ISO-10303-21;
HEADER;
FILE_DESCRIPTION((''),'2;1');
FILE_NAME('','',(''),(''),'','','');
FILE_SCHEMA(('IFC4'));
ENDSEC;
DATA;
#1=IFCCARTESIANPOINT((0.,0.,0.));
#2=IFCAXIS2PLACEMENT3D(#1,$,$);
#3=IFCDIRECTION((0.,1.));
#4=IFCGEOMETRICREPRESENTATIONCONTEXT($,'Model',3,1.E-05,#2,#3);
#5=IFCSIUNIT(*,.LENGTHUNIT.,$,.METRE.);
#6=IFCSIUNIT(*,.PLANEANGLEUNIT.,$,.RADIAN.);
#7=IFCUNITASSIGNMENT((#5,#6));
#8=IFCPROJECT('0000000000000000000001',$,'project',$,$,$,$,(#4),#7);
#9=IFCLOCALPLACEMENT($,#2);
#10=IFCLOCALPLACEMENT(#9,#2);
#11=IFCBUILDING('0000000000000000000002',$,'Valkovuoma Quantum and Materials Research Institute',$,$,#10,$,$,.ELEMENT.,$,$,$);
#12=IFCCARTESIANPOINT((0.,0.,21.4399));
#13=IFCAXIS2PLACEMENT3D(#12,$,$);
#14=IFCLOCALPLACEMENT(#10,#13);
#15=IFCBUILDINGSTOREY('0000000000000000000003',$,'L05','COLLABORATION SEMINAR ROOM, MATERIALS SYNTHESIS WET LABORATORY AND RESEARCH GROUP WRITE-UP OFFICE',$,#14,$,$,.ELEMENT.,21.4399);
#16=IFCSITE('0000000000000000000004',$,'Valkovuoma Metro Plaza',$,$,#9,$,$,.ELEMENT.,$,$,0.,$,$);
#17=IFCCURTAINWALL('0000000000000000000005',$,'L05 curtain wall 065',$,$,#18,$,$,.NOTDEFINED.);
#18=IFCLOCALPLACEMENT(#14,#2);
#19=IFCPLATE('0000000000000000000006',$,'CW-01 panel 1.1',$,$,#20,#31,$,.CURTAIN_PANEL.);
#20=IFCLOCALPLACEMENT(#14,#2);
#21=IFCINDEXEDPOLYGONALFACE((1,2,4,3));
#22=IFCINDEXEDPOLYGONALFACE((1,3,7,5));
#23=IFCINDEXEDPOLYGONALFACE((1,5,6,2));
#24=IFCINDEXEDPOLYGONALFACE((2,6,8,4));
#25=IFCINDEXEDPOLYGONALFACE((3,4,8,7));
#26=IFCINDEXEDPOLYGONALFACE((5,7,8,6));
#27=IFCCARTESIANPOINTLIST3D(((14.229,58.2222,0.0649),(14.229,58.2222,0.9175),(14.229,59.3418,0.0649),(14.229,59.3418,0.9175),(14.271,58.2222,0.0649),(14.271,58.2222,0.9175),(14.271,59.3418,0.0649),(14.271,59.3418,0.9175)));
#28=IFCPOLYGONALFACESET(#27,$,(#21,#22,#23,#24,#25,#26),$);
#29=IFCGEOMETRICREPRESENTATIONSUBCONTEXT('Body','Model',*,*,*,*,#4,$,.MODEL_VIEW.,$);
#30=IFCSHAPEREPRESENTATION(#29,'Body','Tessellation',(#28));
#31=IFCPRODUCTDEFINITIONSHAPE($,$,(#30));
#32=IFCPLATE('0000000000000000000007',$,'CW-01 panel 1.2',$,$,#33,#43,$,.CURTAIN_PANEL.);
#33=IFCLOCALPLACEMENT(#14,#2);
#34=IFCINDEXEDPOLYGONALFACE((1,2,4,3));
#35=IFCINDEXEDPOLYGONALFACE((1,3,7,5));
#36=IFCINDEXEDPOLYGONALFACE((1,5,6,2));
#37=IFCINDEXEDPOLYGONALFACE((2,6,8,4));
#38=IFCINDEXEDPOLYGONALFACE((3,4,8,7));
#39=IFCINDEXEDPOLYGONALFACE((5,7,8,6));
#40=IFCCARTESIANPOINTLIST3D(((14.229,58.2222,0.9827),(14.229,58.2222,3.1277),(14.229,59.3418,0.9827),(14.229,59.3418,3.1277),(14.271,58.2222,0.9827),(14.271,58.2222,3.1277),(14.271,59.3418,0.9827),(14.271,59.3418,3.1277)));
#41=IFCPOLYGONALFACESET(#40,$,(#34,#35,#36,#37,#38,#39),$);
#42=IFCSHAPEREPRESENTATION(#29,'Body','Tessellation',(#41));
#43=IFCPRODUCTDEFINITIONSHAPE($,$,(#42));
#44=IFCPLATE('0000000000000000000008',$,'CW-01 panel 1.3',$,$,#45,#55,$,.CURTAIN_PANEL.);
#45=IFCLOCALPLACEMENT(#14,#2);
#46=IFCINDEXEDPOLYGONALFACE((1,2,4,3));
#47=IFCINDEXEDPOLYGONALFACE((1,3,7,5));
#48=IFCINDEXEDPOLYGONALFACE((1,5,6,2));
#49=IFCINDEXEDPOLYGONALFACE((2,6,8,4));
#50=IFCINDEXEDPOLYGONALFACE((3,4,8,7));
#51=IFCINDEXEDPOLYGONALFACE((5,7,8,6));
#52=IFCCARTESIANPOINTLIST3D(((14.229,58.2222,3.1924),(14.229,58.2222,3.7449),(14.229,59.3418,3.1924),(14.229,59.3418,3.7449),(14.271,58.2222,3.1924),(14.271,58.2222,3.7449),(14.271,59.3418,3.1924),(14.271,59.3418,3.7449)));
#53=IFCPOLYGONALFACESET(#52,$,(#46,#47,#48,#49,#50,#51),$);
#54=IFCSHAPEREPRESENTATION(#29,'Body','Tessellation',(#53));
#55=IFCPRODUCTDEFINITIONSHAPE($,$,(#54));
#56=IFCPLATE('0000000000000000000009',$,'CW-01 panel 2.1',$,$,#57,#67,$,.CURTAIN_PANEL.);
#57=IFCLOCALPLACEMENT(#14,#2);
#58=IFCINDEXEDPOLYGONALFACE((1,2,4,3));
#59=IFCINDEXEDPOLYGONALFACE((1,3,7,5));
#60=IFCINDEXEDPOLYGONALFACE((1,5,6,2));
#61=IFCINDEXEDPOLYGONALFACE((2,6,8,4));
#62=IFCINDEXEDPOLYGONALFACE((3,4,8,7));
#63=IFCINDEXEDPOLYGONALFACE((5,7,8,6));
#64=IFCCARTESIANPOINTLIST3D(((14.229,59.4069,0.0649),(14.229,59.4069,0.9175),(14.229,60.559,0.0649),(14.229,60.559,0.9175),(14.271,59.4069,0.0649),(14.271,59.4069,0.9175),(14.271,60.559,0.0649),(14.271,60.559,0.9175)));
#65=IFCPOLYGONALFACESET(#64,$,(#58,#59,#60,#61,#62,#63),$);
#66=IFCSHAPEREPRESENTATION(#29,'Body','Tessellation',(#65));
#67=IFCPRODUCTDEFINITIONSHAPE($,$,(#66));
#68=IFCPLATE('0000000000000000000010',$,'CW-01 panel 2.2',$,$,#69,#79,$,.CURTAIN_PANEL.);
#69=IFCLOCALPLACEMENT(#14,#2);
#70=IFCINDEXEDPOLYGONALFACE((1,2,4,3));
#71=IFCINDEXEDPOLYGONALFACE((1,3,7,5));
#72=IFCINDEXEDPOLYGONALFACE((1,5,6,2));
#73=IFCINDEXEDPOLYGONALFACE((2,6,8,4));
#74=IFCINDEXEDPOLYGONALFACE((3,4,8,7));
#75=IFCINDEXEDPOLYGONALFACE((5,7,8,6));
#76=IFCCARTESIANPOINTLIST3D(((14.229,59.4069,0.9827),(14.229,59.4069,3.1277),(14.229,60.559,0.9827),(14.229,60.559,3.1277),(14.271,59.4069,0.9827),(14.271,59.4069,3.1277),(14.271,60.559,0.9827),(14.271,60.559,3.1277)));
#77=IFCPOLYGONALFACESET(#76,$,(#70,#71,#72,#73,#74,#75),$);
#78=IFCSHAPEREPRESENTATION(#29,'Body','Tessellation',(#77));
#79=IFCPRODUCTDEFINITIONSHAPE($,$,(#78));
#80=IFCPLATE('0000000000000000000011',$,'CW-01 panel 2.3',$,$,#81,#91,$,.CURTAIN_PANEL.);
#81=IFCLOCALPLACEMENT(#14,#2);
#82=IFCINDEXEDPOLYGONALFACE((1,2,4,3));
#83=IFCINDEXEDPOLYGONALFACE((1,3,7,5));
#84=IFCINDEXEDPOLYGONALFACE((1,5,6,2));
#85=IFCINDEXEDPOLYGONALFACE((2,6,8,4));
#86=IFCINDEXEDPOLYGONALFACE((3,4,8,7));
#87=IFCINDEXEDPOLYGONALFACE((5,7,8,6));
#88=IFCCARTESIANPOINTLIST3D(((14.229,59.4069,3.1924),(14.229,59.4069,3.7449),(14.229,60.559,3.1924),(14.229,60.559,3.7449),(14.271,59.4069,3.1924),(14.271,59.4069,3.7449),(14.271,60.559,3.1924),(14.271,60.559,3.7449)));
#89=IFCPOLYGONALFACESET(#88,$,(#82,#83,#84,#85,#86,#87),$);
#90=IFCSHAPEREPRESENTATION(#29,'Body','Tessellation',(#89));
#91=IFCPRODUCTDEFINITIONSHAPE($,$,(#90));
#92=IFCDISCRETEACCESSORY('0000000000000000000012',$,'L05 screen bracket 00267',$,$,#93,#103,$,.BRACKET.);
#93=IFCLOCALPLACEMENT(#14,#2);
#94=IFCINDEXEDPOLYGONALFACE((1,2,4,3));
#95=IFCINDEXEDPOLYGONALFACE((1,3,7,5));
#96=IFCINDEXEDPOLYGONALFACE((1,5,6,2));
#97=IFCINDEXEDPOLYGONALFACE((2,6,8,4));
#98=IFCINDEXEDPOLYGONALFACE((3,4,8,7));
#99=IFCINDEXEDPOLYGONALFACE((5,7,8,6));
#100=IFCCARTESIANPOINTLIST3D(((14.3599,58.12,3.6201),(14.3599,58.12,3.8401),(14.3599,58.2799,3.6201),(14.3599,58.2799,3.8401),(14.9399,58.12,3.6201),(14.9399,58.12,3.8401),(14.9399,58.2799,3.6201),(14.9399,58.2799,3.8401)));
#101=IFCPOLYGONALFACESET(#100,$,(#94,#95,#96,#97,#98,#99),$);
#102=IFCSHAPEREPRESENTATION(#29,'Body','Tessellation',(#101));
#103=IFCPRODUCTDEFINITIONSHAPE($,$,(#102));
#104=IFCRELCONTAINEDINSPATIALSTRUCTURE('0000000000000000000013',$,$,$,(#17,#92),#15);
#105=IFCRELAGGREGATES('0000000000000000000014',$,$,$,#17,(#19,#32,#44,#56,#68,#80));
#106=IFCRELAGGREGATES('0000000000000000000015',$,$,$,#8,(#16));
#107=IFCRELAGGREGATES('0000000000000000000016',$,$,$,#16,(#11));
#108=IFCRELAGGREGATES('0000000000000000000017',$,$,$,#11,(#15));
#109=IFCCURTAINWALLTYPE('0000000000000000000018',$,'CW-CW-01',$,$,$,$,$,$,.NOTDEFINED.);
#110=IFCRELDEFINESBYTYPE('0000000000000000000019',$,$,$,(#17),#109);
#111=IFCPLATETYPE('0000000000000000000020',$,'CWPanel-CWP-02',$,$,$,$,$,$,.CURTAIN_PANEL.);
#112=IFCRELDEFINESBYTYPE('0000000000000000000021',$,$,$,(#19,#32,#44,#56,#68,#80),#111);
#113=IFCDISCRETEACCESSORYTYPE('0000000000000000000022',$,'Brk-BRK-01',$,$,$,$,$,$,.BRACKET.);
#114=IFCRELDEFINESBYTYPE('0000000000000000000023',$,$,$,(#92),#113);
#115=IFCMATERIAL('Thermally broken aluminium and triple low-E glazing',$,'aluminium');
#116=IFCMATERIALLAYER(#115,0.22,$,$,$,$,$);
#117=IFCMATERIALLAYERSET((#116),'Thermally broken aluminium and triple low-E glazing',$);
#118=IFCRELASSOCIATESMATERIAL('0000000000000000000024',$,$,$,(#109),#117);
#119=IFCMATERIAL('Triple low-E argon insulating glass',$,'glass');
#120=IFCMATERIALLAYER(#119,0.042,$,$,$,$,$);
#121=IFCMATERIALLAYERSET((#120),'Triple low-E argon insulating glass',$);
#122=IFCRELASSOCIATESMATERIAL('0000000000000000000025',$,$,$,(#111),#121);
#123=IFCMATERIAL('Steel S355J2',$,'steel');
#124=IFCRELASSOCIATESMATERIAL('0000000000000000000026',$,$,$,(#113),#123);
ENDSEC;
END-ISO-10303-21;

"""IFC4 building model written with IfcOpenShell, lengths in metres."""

from ifc_helpers import new_model, si_unit, direction, frame, origin, origin_2d, place, context, subcontext, project, spatial, rectangle, extrude, material, layer, layer_set, type_object, element, aggregate, save


model = new_model("IFC4")

# Units and contexts
model_context = context("Model", 3, precision=1e-05, world=origin(), true_north=direction((0.0, 1.0)))
body_context = subcontext(model_context, "Body", "Model", "MODEL_VIEW")
ifc_project = project(units=[si_unit("LENGTHUNIT", "METRE"), si_unit("PLANEANGLEUNIT", "RADIAN")], contexts=[model_context])

# Site, building, storey
site_placement = place(None, origin())
site = spatial("IfcSite", under=ifc_project, at=site_placement, Name="Valkovuoma Metro Plaza", CompositionType="ELEMENT", RefElevation=0.0)
building_placement = place(site_placement, origin())
building = spatial("IfcBuilding", under=site, at=building_placement, Name="Valkovuoma Quantum and Materials Research Institute", CompositionType="ELEMENT")
storey_placement = place(building_placement, frame((0.0, 0.0, 21.4399)))
storey = spatial("IfcBuildingStorey", under=building, at=storey_placement, Name="L05", Description="COLLABORATION SEMINAR ROOM, MATERIALS SYNTHESIS WET LABORATORY AND RESEARCH GROUP WRITE-UP OFFICE", CompositionType="ELEMENT", Elevation=21.4399)

# Curtain wall, plates
ifc_material_1 = material(Name="Thermally broken aluminium and triple low-E glazing", Category="aluminium")
ifc_layer_1 = layer(ifc_material_1, 0.22)
ifc_layer_set_1 = layer_set([ifc_layer_1], Name="Thermally broken aluminium and triple low-E glazing")
curtain_wall_type = type_object("IfcCurtainWallType", Name="CW-CW-01", PredefinedType="NOTDEFINED", material=ifc_layer_set_1)
curtain_wall_placement = place(storey_placement, origin())
curtain_wall = element("IfcCurtainWall", 1, at=curtain_wall_placement, inside=storey, type_object=curtain_wall_type, Name="L05 curtain wall 065", PredefinedType="NOTDEFINED")
ifc_material_2 = material(Name="Triple low-E argon insulating glass", Category="glass")
ifc_layer_2 = layer(ifc_material_2, 0.042)
ifc_layer_set_2 = layer_set([ifc_layer_2], Name="Triple low-E argon insulating glass")
plate_type = type_object("IfcPlateType", Name="CWPanel-CWP-02", PredefinedType="CURTAIN_PANEL", material=ifc_layer_set_2)
plate_1_placement = place(storey_placement, frame((14.25, 58.782, 0.0649), z_axis=(0.0, 0.0, 1.0), x_axis=(0.0, 1.0, 0.0)))
plate_1 = element("IfcPlate", 2, at=plate_1_placement, type_object=plate_type, Name="CW-01 panel 1.1", PredefinedType="CURTAIN_PANEL", context=body_context, shape_type="SweptSolid", body=[
    extrude(rectangle(XDim=1.1196, YDim=0.042, at=origin_2d()), origin(), (0.0, 0.0, 1.0), 0.8525),
])
plate_2_placement = place(storey_placement, frame((14.25, 58.782, 0.9827), z_axis=(0.0, 0.0, 1.0), x_axis=(0.0, 1.0, 0.0)))
plate_2 = element("IfcPlate", 3, at=plate_2_placement, type_object=plate_type, Name="CW-01 panel 1.2", PredefinedType="CURTAIN_PANEL", context=body_context, shape_type="SweptSolid", body=[
    extrude(rectangle(XDim=1.1196, YDim=0.042, at=origin_2d()), origin(), (0.0, 0.0, 1.0), 2.145),
])
plate_3_placement = place(storey_placement, frame((14.25, 58.782, 3.1924), z_axis=(0.0, 0.0, 1.0), x_axis=(0.0, 1.0, 0.0)))
plate_3 = element("IfcPlate", 4, at=plate_3_placement, type_object=plate_type, Name="CW-01 panel 1.3", PredefinedType="CURTAIN_PANEL", context=body_context, shape_type="SweptSolid", body=[
    extrude(rectangle(XDim=1.1196, YDim=0.042, at=origin_2d()), origin(), (0.0, 0.0, 1.0), 0.5525),
])
plate_4_placement = place(storey_placement, frame((14.25, 59.9829, 0.0649), z_axis=(0.0, 0.0, 1.0), x_axis=(0.0, 1.0, 0.0)))
plate_4 = element("IfcPlate", 5, at=plate_4_placement, type_object=plate_type, Name="CW-01 panel 2.1", PredefinedType="CURTAIN_PANEL", context=body_context, shape_type="SweptSolid", body=[
    extrude(rectangle(XDim=1.1521, YDim=0.042, at=origin_2d()), origin(), (0.0, 0.0, 1.0), 0.8525),
])
plate_5_placement = place(storey_placement, frame((14.25, 59.9829, 0.9827), z_axis=(0.0, 0.0, 1.0), x_axis=(0.0, 1.0, 0.0)))
plate_5 = element("IfcPlate", 6, at=plate_5_placement, type_object=plate_type, Name="CW-01 panel 2.2", PredefinedType="CURTAIN_PANEL", context=body_context, shape_type="SweptSolid", body=[
    extrude(rectangle(XDim=1.1521, YDim=0.042, at=origin_2d()), origin(), (0.0, 0.0, 1.0), 2.145),
])
plate_6_placement = place(storey_placement, frame((14.25, 59.9829, 3.1924), z_axis=(0.0, 0.0, 1.0), x_axis=(0.0, 1.0, 0.0)))
plate_6 = element("IfcPlate", 7, at=plate_6_placement, type_object=plate_type, Name="CW-01 panel 2.3", PredefinedType="CURTAIN_PANEL", context=body_context, shape_type="SweptSolid", body=[
    extrude(rectangle(XDim=1.1521, YDim=0.042, at=origin_2d()), origin(), (0.0, 0.0, 1.0), 0.5525),
])
aggregate(curtain_wall, [plate_1, plate_2, plate_3, plate_4, plate_5, plate_6])

# Discrete accessory
ifc_material_3 = material(Name="Steel S355J2", Category="steel")
discrete_accessory_type = type_object("IfcDiscreteAccessoryType", Name="Brk-BRK-01", PredefinedType="BRACKET", material=ifc_material_3)
discrete_accessory_placement = place(storey_placement, frame((14.6499, 58.2, 3.6201), z_axis=(0.0, 0.0, 1.0), x_axis=(1.0, 0.0, 0.0)))
element("IfcDiscreteAccessory", 8, at=discrete_accessory_placement, inside=storey, type_object=discrete_accessory_type, Name="L05 screen bracket 00267", PredefinedType="BRACKET", context=body_context, shape_type="SweptSolid", body=[
    extrude(rectangle(XDim=0.5801, YDim=0.1599, at=origin_2d()), origin(), (0.0, 0.0, 1.0), 0.22),
])

save(model, "model.ifc")
